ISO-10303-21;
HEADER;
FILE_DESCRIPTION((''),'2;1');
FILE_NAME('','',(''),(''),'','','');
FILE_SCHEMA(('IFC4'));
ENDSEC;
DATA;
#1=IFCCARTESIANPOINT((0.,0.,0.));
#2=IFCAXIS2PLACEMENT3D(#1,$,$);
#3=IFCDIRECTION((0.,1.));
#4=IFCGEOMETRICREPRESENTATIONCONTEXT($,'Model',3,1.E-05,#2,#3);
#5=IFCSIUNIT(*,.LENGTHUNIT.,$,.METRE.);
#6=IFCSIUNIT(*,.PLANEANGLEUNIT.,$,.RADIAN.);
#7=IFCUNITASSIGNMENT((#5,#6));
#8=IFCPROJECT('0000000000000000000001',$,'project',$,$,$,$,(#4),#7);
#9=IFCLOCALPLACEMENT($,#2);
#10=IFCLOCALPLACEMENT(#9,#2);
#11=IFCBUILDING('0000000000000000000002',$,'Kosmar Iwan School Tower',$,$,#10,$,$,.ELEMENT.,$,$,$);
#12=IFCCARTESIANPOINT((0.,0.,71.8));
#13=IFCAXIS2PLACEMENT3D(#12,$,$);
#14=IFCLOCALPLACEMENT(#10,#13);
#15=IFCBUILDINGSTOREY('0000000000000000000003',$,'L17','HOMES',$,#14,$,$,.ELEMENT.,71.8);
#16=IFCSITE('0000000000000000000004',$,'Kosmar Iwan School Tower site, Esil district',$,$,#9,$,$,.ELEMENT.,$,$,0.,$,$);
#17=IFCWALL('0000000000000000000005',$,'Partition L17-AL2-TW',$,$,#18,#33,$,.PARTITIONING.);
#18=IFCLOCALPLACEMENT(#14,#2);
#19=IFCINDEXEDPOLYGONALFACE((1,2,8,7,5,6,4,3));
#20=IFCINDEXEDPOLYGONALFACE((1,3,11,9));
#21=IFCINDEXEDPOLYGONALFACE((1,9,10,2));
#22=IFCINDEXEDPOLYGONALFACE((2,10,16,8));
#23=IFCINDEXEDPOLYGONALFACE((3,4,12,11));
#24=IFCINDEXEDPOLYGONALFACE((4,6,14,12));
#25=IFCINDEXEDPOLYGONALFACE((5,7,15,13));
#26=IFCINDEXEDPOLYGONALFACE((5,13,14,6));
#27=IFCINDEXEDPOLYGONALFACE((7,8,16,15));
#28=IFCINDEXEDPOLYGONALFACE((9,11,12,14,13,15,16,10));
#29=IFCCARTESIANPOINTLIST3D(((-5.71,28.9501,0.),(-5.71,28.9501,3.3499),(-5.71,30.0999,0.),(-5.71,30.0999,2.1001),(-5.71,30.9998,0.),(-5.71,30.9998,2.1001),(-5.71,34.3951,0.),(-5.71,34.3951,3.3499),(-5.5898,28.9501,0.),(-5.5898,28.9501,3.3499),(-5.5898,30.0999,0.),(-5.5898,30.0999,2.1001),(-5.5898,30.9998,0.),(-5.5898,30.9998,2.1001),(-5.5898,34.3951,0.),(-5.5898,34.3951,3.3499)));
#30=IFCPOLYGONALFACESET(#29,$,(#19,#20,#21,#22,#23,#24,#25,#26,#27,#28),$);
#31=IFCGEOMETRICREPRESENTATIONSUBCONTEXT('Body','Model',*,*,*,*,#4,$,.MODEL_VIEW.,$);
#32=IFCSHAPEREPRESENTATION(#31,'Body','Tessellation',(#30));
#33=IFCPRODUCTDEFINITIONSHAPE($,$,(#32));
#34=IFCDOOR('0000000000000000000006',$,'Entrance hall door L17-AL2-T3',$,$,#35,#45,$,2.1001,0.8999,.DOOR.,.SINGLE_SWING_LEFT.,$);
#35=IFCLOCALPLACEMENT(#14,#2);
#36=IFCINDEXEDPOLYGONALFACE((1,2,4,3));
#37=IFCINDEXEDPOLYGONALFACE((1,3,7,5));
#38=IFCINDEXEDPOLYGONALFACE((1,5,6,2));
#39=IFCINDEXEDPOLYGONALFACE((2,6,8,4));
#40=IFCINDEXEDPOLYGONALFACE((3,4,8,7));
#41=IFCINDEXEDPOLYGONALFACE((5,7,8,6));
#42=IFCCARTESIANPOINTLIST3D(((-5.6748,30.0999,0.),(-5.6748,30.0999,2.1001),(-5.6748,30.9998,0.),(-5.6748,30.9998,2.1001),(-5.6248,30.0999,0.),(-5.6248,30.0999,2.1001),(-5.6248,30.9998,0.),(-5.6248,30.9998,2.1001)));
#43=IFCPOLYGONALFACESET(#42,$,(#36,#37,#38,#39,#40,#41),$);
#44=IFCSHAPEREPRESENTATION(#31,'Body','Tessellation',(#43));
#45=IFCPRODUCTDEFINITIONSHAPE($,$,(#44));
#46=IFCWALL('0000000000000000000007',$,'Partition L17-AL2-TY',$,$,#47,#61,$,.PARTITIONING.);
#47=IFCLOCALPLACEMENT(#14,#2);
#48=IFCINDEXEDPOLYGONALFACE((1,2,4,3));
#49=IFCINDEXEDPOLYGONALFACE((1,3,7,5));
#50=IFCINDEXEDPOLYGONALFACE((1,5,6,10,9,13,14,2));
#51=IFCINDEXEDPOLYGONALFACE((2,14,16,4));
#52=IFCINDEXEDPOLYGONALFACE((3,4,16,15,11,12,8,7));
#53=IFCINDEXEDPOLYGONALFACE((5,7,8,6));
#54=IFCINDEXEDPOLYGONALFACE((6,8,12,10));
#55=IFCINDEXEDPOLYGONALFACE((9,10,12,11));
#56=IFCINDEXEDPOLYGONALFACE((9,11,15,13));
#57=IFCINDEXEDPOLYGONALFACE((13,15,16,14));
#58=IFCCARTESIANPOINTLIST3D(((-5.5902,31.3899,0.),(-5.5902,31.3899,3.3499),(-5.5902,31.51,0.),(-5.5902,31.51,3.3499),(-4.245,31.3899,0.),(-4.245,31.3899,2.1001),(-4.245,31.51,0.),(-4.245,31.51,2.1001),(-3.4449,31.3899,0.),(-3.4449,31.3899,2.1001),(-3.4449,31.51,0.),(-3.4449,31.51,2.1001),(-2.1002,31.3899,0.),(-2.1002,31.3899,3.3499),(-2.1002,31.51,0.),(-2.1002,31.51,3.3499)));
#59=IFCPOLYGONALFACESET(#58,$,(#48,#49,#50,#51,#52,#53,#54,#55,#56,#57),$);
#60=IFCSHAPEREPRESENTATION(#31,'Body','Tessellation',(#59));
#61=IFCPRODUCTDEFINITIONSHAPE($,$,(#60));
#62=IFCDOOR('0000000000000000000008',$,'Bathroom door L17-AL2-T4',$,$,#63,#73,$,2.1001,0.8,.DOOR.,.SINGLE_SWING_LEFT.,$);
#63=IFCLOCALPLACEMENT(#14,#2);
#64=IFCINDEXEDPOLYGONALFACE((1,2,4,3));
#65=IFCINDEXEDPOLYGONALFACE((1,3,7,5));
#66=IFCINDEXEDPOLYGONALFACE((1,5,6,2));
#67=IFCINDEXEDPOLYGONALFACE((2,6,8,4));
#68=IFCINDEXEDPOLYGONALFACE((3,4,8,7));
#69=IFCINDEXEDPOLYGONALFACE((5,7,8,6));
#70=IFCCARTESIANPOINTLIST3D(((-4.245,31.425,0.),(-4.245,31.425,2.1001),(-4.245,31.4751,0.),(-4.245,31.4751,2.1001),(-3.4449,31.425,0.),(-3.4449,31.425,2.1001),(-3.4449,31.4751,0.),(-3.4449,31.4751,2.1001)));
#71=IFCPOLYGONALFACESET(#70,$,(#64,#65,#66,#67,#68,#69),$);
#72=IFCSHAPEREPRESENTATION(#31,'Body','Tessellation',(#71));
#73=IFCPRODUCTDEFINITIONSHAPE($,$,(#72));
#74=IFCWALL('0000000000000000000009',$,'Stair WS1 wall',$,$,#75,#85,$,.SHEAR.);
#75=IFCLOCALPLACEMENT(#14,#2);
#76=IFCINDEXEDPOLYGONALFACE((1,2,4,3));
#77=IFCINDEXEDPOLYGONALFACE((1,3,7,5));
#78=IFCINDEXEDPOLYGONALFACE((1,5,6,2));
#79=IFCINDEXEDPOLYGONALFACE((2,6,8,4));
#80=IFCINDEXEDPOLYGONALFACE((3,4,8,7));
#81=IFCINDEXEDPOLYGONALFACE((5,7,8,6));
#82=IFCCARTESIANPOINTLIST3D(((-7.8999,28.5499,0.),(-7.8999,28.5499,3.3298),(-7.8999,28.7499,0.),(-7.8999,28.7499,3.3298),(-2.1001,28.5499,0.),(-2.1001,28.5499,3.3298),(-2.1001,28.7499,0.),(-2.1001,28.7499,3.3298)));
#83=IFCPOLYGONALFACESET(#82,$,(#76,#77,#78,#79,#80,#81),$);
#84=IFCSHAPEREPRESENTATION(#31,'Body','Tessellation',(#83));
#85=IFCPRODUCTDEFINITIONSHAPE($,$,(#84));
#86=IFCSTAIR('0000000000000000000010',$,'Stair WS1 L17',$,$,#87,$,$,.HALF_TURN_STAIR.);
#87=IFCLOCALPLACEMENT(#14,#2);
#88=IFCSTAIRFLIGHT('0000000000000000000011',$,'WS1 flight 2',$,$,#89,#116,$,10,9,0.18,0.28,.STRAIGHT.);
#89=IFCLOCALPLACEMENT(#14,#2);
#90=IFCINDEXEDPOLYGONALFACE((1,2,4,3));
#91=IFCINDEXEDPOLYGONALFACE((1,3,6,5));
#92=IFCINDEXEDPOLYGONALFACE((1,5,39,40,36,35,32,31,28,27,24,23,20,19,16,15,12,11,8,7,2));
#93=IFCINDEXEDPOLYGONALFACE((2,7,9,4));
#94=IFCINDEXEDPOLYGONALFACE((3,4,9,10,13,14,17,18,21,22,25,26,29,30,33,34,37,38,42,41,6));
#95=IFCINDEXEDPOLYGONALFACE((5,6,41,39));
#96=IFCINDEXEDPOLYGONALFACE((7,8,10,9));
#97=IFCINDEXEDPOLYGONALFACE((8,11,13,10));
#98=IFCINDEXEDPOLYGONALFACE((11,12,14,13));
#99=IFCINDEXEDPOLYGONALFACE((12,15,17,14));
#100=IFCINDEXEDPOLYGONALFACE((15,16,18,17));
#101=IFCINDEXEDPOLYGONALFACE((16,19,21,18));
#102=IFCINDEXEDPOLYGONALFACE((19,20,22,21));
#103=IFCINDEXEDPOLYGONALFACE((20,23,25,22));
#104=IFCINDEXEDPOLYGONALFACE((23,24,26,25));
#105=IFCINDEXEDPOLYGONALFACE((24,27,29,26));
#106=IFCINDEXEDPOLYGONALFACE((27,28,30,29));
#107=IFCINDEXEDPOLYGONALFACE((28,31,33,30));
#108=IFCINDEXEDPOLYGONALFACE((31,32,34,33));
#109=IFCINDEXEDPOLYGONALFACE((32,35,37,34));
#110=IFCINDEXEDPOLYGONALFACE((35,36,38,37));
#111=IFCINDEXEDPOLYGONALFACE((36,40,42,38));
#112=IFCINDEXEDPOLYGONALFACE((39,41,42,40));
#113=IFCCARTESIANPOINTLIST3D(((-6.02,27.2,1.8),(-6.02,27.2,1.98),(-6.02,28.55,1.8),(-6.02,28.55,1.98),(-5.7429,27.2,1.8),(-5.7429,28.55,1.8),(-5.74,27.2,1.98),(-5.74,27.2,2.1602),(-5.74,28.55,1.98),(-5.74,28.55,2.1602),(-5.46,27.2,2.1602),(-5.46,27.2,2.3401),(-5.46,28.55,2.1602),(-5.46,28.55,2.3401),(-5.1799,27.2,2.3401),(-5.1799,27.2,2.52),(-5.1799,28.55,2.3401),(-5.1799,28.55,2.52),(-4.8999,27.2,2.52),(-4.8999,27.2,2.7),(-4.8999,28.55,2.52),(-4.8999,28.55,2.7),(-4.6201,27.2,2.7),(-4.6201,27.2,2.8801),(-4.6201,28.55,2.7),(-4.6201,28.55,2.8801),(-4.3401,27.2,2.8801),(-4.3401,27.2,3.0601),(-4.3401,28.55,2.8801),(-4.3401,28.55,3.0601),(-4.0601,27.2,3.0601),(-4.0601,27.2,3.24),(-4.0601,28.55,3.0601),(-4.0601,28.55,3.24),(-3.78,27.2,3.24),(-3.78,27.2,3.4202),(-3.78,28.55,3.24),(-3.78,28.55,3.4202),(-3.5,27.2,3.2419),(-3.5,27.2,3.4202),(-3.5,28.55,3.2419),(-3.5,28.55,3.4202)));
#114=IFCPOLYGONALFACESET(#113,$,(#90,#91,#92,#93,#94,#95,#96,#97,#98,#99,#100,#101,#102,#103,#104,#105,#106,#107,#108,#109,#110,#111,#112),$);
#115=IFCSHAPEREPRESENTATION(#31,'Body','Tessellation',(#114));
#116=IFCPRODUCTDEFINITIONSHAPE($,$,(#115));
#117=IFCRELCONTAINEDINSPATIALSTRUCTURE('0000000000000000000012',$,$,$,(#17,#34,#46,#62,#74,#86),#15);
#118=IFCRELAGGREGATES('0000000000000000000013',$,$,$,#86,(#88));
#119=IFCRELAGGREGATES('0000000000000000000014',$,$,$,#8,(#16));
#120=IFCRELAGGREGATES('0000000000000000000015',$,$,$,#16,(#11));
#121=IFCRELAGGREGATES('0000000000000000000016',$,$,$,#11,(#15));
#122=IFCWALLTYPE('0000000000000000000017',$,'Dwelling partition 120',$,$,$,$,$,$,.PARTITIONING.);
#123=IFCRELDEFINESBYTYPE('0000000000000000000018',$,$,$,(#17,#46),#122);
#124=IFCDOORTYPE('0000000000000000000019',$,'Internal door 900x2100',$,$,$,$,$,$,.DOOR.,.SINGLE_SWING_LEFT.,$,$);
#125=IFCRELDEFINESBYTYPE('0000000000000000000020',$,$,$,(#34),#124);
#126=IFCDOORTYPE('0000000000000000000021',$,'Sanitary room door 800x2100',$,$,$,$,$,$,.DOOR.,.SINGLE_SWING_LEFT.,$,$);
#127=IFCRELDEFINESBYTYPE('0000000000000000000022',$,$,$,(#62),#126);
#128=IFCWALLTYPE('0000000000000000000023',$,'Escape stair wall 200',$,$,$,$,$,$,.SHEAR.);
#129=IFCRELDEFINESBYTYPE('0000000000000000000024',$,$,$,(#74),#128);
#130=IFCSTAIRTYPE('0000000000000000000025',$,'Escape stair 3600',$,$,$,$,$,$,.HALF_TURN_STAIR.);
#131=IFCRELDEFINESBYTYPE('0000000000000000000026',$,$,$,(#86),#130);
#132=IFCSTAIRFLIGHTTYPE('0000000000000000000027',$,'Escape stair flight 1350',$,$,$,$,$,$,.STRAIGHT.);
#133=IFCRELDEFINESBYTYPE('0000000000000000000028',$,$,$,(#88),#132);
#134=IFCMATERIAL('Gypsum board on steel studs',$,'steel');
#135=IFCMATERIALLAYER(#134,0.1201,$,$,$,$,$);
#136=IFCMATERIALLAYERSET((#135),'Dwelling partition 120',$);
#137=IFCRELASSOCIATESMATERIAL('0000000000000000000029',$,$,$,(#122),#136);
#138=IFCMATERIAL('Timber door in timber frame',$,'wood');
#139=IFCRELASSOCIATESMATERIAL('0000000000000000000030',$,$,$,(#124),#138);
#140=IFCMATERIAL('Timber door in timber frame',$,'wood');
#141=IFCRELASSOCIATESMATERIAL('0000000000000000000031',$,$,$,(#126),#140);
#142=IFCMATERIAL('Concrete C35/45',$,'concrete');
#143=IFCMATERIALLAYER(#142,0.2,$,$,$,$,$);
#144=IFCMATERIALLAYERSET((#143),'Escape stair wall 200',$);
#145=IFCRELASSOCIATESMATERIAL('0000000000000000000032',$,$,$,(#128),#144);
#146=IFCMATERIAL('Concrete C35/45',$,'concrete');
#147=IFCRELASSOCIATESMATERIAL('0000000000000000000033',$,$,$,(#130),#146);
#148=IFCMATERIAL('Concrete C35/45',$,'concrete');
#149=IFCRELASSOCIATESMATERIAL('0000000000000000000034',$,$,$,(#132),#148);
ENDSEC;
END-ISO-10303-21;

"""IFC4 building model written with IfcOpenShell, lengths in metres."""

from ifc_helpers import new_model, si_unit, direction, frame, frame_2d, origin, place, context, subcontext, project, spatial, polyline, rectangle, outline, extrude, material, layer, layer_set, type_object, element, fill, aggregate, save


model = new_model("IFC4")

# Units and contexts
model_context = context("Model", 3, precision=1e-05, world=origin(), true_north=direction((0.0, 1.0)))
body_context = subcontext(model_context, "Body", "Model", "MODEL_VIEW")
ifc_project = project(units=[si_unit("LENGTHUNIT", "METRE"), si_unit("PLANEANGLEUNIT", "RADIAN")], contexts=[model_context])

# Site, building, storey
site_placement = place(None, origin())
site = spatial("IfcSite", under=ifc_project, at=site_placement, Name="Kosmar Iwan School Tower site, Esil district", CompositionType="ELEMENT", RefElevation=0.0)
building_placement = place(site_placement, origin())
building = spatial("IfcBuilding", under=site, at=building_placement, Name="Kosmar Iwan School Tower", CompositionType="ELEMENT")
storey_placement = place(building_placement, frame((0.0, 0.0, 71.8)))
storey = spatial("IfcBuildingStorey", under=building, at=storey_placement, Name="L17", Description="HOMES", CompositionType="ELEMENT", Elevation=71.8)

# Walls, openings, doors
ifc_material_1 = material(Name="Gypsum board on steel studs", Category="steel")
ifc_layer_1 = layer(ifc_material_1, 0.1201)
ifc_layer_set_1 = layer_set([ifc_layer_1], Name="Dwelling partition 120")
wall_type_1 = type_object("IfcWallType", Name="Dwelling partition 120", PredefinedType="PARTITIONING", material=ifc_layer_set_1)
ifc_material_2 = material(Name="Timber door in timber frame", Category="wood")
door_type_1 = type_object("IfcDoorType", Name="Internal door 900x2100", OperationType="SINGLE_SWING_LEFT", PredefinedType="DOOR", material=ifc_material_2)
wall_1_placement = place(storey_placement, frame((-5.6499, 28.95, 0.0), z_axis=(0.0, 0.0, 1.0), x_axis=(0.0, 1.0, 0.0)))
wall_1 = element("IfcWall", 1, at=wall_1_placement, inside=storey, type_object=wall_type_1, Name="Partition L17-AL2-TW", PredefinedType="PARTITIONING", context=body_context, shape_type="SweptSolid", body=[
    extrude(rectangle(XDim=5.4451, YDim=0.1201, at=frame_2d((2.7227, 0.0))), origin(), (0.0, 0.0, 1.0), 3.3499),
])
opening_1_placement = place(wall_1_placement, frame((1.1499, 0.0, 0.0)))
opening_1 = element("IfcOpeningElement", 2, at=opening_1_placement, cuts=wall_1, PredefinedType="OPENING", context=body_context, shape_type="SweptSolid", body=[
    extrude(rectangle(XDim=0.8999, YDim=2.1001, at=frame_2d((0.45, 1.05))), frame((0.0, 0.072, 0.0), z_axis=(0.0, -1.0, 0.0), x_axis=(1.0, 0.0, 0.0)), (0.0, 0.0, 1.0), 0.144),
])
door_1_placement = place(opening_1_placement, origin())
door_1 = element("IfcDoor", 3, at=door_1_placement, inside=storey, type_object=door_type_1, Name="Entrance hall door L17-AL2-T3", OperationType="SINGLE_SWING_LEFT", OverallHeight=2.1001, OverallWidth=0.8999, PredefinedType="DOOR", context=body_context, shape_type="SweptSolid", body=[
    extrude(rectangle(XDim=0.8999, YDim=2.1001, at=frame_2d((0.45, 1.05))), frame((0.0, 0.0249, 0.0), z_axis=(0.0, -1.0, 0.0), x_axis=(1.0, 0.0, 0.0)), (0.0, 0.0, 1.0), 0.05),
])
fill(opening_1, door_1)
wall_2_placement = place(storey_placement, frame((-2.1001, 31.45, 0.0), z_axis=(0.0, 0.0, 1.0), x_axis=(-1.0, 0.0, 0.0)))
wall_2 = element("IfcWall", 4, at=wall_2_placement, inside=storey, type_object=wall_type_1, Name="Partition L17-AL2-TY", PredefinedType="PARTITIONING", context=body_context, shape_type="SweptSolid", body=[
    extrude(rectangle(XDim=3.49, YDim=0.1201, at=frame_2d((1.7451, 0.0))), origin(), (0.0, 0.0, 1.0), 3.3499),
])
opening_2_placement = place(wall_2_placement, frame((1.345, 0.0, 0.0)))
opening_2 = element("IfcOpeningElement", 5, at=opening_2_placement, cuts=wall_2, PredefinedType="OPENING", context=body_context, shape_type="SweptSolid", body=[
    extrude(rectangle(XDim=0.8, YDim=2.1001, at=frame_2d((0.3999, 1.05))), frame((0.0, 0.072, 0.0), z_axis=(0.0, -1.0, 0.0), x_axis=(1.0, 0.0, 0.0)), (0.0, 0.0, 1.0), 0.144),
])
ifc_material_3 = material(Name="Timber door in timber frame", Category="wood")
door_type_2 = type_object("IfcDoorType", Name="Sanitary room door 800x2100", OperationType="SINGLE_SWING_LEFT", PredefinedType="DOOR", material=ifc_material_3)
door_2_placement = place(opening_2_placement, origin())
door_2 = element("IfcDoor", 6, at=door_2_placement, inside=storey, type_object=door_type_2, Name="Bathroom door L17-AL2-T4", OperationType="SINGLE_SWING_LEFT", OverallHeight=2.1001, OverallWidth=0.8, PredefinedType="DOOR", context=body_context, shape_type="SweptSolid", body=[
    extrude(rectangle(XDim=0.8, YDim=2.1001, at=frame_2d((0.3999, 1.05))), frame((0.0, 0.0249, 0.0), z_axis=(0.0, -1.0, 0.0), x_axis=(1.0, 0.0, 0.0)), (0.0, 0.0, 1.0), 0.05),
])
fill(opening_2, door_2)

# Wall
ifc_material_4 = material(Name="Concrete C35/45", Category="concrete")
ifc_layer_2 = layer(ifc_material_4, 0.2)
ifc_layer_set_2 = layer_set([ifc_layer_2], Name="Escape stair wall 200")
wall_type_2 = type_object("IfcWallType", Name="Escape stair wall 200", PredefinedType="SHEAR", material=ifc_layer_set_2)
wall_3_placement = place(storey_placement, frame((-2.1001, 28.6499, 0.0), z_axis=(0.0, 0.0, 1.0), x_axis=(-1.0, 0.0, 0.0)))
element("IfcWall", 7, at=wall_3_placement, inside=storey, type_object=wall_type_2, Name="Stair WS1 wall", PredefinedType="SHEAR", context=body_context, shape_type="SweptSolid", body=[
    extrude(rectangle(XDim=5.7998, YDim=0.2, at=frame_2d((2.8999, 0.0))), origin(), (0.0, 0.0, 1.0), 3.3298),
])

# Stair, stair flight
ifc_material_5 = material(Name="Concrete C35/45", Category="concrete")
stair_type = type_object("IfcStairType", Name="Escape stair 3600", PredefinedType="HALF_TURN_STAIR", material=ifc_material_5)
stair_placement = place(storey_placement, origin())
stair = element("IfcStair", 8, at=stair_placement, inside=storey, type_object=stair_type, Name="Stair WS1 L17", PredefinedType="HALF_TURN_STAIR")
ifc_material_6 = material(Name="Concrete C35/45", Category="concrete")
stair_flight_type = type_object("IfcStairFlightType", Name="Escape stair flight 1350", PredefinedType="STRAIGHT", material=ifc_material_6)
stair_flight_placement = place(storey_placement, frame((-6.02, 27.875, 1.8), z_axis=(0.0, 0.0, 1.0), x_axis=(1.0, 0.0, 0.0)))
stair_flight = element("IfcStairFlight", 9, at=stair_flight_placement, type_object=stair_flight_type, Name="WS1 flight 2", NumberOfRisers=10, NumberOfTreads=9, PredefinedType="STRAIGHT", RiserHeight=0.18, TreadLength=0.28, context=body_context, shape_type="SweptSolid", body=[
    extrude(outline(polyline([(0.0, 0.0), (0.0, 0.1799), (0.28, 0.1799), (0.28, 0.3601), (0.5601, 0.3601), (0.5601, 0.54), (0.8401, 0.54), (0.8401, 0.72), (1.1201, 0.72), (1.1201, 0.8999), (1.3999, 0.8999), (1.3999, 1.0801), (1.6799, 1.0801), (1.6799, 1.26), (1.96, 1.26), (1.96, 1.4399), (2.24, 1.4399), (2.24, 1.6201), (2.52, 1.6201), (2.52, 1.8), (2.52, 1.4419), (0.2771, 0.0), (0.0, 0.0)])), frame((0.0, 0.675, 0.0), z_axis=(0.0, -1.0, 0.0), x_axis=(1.0, 0.0, 0.0)), (0.0, 0.0, 1.0), 1.3501),
])
aggregate(stair, [stair_flight])

save(model, "model.ifc")
